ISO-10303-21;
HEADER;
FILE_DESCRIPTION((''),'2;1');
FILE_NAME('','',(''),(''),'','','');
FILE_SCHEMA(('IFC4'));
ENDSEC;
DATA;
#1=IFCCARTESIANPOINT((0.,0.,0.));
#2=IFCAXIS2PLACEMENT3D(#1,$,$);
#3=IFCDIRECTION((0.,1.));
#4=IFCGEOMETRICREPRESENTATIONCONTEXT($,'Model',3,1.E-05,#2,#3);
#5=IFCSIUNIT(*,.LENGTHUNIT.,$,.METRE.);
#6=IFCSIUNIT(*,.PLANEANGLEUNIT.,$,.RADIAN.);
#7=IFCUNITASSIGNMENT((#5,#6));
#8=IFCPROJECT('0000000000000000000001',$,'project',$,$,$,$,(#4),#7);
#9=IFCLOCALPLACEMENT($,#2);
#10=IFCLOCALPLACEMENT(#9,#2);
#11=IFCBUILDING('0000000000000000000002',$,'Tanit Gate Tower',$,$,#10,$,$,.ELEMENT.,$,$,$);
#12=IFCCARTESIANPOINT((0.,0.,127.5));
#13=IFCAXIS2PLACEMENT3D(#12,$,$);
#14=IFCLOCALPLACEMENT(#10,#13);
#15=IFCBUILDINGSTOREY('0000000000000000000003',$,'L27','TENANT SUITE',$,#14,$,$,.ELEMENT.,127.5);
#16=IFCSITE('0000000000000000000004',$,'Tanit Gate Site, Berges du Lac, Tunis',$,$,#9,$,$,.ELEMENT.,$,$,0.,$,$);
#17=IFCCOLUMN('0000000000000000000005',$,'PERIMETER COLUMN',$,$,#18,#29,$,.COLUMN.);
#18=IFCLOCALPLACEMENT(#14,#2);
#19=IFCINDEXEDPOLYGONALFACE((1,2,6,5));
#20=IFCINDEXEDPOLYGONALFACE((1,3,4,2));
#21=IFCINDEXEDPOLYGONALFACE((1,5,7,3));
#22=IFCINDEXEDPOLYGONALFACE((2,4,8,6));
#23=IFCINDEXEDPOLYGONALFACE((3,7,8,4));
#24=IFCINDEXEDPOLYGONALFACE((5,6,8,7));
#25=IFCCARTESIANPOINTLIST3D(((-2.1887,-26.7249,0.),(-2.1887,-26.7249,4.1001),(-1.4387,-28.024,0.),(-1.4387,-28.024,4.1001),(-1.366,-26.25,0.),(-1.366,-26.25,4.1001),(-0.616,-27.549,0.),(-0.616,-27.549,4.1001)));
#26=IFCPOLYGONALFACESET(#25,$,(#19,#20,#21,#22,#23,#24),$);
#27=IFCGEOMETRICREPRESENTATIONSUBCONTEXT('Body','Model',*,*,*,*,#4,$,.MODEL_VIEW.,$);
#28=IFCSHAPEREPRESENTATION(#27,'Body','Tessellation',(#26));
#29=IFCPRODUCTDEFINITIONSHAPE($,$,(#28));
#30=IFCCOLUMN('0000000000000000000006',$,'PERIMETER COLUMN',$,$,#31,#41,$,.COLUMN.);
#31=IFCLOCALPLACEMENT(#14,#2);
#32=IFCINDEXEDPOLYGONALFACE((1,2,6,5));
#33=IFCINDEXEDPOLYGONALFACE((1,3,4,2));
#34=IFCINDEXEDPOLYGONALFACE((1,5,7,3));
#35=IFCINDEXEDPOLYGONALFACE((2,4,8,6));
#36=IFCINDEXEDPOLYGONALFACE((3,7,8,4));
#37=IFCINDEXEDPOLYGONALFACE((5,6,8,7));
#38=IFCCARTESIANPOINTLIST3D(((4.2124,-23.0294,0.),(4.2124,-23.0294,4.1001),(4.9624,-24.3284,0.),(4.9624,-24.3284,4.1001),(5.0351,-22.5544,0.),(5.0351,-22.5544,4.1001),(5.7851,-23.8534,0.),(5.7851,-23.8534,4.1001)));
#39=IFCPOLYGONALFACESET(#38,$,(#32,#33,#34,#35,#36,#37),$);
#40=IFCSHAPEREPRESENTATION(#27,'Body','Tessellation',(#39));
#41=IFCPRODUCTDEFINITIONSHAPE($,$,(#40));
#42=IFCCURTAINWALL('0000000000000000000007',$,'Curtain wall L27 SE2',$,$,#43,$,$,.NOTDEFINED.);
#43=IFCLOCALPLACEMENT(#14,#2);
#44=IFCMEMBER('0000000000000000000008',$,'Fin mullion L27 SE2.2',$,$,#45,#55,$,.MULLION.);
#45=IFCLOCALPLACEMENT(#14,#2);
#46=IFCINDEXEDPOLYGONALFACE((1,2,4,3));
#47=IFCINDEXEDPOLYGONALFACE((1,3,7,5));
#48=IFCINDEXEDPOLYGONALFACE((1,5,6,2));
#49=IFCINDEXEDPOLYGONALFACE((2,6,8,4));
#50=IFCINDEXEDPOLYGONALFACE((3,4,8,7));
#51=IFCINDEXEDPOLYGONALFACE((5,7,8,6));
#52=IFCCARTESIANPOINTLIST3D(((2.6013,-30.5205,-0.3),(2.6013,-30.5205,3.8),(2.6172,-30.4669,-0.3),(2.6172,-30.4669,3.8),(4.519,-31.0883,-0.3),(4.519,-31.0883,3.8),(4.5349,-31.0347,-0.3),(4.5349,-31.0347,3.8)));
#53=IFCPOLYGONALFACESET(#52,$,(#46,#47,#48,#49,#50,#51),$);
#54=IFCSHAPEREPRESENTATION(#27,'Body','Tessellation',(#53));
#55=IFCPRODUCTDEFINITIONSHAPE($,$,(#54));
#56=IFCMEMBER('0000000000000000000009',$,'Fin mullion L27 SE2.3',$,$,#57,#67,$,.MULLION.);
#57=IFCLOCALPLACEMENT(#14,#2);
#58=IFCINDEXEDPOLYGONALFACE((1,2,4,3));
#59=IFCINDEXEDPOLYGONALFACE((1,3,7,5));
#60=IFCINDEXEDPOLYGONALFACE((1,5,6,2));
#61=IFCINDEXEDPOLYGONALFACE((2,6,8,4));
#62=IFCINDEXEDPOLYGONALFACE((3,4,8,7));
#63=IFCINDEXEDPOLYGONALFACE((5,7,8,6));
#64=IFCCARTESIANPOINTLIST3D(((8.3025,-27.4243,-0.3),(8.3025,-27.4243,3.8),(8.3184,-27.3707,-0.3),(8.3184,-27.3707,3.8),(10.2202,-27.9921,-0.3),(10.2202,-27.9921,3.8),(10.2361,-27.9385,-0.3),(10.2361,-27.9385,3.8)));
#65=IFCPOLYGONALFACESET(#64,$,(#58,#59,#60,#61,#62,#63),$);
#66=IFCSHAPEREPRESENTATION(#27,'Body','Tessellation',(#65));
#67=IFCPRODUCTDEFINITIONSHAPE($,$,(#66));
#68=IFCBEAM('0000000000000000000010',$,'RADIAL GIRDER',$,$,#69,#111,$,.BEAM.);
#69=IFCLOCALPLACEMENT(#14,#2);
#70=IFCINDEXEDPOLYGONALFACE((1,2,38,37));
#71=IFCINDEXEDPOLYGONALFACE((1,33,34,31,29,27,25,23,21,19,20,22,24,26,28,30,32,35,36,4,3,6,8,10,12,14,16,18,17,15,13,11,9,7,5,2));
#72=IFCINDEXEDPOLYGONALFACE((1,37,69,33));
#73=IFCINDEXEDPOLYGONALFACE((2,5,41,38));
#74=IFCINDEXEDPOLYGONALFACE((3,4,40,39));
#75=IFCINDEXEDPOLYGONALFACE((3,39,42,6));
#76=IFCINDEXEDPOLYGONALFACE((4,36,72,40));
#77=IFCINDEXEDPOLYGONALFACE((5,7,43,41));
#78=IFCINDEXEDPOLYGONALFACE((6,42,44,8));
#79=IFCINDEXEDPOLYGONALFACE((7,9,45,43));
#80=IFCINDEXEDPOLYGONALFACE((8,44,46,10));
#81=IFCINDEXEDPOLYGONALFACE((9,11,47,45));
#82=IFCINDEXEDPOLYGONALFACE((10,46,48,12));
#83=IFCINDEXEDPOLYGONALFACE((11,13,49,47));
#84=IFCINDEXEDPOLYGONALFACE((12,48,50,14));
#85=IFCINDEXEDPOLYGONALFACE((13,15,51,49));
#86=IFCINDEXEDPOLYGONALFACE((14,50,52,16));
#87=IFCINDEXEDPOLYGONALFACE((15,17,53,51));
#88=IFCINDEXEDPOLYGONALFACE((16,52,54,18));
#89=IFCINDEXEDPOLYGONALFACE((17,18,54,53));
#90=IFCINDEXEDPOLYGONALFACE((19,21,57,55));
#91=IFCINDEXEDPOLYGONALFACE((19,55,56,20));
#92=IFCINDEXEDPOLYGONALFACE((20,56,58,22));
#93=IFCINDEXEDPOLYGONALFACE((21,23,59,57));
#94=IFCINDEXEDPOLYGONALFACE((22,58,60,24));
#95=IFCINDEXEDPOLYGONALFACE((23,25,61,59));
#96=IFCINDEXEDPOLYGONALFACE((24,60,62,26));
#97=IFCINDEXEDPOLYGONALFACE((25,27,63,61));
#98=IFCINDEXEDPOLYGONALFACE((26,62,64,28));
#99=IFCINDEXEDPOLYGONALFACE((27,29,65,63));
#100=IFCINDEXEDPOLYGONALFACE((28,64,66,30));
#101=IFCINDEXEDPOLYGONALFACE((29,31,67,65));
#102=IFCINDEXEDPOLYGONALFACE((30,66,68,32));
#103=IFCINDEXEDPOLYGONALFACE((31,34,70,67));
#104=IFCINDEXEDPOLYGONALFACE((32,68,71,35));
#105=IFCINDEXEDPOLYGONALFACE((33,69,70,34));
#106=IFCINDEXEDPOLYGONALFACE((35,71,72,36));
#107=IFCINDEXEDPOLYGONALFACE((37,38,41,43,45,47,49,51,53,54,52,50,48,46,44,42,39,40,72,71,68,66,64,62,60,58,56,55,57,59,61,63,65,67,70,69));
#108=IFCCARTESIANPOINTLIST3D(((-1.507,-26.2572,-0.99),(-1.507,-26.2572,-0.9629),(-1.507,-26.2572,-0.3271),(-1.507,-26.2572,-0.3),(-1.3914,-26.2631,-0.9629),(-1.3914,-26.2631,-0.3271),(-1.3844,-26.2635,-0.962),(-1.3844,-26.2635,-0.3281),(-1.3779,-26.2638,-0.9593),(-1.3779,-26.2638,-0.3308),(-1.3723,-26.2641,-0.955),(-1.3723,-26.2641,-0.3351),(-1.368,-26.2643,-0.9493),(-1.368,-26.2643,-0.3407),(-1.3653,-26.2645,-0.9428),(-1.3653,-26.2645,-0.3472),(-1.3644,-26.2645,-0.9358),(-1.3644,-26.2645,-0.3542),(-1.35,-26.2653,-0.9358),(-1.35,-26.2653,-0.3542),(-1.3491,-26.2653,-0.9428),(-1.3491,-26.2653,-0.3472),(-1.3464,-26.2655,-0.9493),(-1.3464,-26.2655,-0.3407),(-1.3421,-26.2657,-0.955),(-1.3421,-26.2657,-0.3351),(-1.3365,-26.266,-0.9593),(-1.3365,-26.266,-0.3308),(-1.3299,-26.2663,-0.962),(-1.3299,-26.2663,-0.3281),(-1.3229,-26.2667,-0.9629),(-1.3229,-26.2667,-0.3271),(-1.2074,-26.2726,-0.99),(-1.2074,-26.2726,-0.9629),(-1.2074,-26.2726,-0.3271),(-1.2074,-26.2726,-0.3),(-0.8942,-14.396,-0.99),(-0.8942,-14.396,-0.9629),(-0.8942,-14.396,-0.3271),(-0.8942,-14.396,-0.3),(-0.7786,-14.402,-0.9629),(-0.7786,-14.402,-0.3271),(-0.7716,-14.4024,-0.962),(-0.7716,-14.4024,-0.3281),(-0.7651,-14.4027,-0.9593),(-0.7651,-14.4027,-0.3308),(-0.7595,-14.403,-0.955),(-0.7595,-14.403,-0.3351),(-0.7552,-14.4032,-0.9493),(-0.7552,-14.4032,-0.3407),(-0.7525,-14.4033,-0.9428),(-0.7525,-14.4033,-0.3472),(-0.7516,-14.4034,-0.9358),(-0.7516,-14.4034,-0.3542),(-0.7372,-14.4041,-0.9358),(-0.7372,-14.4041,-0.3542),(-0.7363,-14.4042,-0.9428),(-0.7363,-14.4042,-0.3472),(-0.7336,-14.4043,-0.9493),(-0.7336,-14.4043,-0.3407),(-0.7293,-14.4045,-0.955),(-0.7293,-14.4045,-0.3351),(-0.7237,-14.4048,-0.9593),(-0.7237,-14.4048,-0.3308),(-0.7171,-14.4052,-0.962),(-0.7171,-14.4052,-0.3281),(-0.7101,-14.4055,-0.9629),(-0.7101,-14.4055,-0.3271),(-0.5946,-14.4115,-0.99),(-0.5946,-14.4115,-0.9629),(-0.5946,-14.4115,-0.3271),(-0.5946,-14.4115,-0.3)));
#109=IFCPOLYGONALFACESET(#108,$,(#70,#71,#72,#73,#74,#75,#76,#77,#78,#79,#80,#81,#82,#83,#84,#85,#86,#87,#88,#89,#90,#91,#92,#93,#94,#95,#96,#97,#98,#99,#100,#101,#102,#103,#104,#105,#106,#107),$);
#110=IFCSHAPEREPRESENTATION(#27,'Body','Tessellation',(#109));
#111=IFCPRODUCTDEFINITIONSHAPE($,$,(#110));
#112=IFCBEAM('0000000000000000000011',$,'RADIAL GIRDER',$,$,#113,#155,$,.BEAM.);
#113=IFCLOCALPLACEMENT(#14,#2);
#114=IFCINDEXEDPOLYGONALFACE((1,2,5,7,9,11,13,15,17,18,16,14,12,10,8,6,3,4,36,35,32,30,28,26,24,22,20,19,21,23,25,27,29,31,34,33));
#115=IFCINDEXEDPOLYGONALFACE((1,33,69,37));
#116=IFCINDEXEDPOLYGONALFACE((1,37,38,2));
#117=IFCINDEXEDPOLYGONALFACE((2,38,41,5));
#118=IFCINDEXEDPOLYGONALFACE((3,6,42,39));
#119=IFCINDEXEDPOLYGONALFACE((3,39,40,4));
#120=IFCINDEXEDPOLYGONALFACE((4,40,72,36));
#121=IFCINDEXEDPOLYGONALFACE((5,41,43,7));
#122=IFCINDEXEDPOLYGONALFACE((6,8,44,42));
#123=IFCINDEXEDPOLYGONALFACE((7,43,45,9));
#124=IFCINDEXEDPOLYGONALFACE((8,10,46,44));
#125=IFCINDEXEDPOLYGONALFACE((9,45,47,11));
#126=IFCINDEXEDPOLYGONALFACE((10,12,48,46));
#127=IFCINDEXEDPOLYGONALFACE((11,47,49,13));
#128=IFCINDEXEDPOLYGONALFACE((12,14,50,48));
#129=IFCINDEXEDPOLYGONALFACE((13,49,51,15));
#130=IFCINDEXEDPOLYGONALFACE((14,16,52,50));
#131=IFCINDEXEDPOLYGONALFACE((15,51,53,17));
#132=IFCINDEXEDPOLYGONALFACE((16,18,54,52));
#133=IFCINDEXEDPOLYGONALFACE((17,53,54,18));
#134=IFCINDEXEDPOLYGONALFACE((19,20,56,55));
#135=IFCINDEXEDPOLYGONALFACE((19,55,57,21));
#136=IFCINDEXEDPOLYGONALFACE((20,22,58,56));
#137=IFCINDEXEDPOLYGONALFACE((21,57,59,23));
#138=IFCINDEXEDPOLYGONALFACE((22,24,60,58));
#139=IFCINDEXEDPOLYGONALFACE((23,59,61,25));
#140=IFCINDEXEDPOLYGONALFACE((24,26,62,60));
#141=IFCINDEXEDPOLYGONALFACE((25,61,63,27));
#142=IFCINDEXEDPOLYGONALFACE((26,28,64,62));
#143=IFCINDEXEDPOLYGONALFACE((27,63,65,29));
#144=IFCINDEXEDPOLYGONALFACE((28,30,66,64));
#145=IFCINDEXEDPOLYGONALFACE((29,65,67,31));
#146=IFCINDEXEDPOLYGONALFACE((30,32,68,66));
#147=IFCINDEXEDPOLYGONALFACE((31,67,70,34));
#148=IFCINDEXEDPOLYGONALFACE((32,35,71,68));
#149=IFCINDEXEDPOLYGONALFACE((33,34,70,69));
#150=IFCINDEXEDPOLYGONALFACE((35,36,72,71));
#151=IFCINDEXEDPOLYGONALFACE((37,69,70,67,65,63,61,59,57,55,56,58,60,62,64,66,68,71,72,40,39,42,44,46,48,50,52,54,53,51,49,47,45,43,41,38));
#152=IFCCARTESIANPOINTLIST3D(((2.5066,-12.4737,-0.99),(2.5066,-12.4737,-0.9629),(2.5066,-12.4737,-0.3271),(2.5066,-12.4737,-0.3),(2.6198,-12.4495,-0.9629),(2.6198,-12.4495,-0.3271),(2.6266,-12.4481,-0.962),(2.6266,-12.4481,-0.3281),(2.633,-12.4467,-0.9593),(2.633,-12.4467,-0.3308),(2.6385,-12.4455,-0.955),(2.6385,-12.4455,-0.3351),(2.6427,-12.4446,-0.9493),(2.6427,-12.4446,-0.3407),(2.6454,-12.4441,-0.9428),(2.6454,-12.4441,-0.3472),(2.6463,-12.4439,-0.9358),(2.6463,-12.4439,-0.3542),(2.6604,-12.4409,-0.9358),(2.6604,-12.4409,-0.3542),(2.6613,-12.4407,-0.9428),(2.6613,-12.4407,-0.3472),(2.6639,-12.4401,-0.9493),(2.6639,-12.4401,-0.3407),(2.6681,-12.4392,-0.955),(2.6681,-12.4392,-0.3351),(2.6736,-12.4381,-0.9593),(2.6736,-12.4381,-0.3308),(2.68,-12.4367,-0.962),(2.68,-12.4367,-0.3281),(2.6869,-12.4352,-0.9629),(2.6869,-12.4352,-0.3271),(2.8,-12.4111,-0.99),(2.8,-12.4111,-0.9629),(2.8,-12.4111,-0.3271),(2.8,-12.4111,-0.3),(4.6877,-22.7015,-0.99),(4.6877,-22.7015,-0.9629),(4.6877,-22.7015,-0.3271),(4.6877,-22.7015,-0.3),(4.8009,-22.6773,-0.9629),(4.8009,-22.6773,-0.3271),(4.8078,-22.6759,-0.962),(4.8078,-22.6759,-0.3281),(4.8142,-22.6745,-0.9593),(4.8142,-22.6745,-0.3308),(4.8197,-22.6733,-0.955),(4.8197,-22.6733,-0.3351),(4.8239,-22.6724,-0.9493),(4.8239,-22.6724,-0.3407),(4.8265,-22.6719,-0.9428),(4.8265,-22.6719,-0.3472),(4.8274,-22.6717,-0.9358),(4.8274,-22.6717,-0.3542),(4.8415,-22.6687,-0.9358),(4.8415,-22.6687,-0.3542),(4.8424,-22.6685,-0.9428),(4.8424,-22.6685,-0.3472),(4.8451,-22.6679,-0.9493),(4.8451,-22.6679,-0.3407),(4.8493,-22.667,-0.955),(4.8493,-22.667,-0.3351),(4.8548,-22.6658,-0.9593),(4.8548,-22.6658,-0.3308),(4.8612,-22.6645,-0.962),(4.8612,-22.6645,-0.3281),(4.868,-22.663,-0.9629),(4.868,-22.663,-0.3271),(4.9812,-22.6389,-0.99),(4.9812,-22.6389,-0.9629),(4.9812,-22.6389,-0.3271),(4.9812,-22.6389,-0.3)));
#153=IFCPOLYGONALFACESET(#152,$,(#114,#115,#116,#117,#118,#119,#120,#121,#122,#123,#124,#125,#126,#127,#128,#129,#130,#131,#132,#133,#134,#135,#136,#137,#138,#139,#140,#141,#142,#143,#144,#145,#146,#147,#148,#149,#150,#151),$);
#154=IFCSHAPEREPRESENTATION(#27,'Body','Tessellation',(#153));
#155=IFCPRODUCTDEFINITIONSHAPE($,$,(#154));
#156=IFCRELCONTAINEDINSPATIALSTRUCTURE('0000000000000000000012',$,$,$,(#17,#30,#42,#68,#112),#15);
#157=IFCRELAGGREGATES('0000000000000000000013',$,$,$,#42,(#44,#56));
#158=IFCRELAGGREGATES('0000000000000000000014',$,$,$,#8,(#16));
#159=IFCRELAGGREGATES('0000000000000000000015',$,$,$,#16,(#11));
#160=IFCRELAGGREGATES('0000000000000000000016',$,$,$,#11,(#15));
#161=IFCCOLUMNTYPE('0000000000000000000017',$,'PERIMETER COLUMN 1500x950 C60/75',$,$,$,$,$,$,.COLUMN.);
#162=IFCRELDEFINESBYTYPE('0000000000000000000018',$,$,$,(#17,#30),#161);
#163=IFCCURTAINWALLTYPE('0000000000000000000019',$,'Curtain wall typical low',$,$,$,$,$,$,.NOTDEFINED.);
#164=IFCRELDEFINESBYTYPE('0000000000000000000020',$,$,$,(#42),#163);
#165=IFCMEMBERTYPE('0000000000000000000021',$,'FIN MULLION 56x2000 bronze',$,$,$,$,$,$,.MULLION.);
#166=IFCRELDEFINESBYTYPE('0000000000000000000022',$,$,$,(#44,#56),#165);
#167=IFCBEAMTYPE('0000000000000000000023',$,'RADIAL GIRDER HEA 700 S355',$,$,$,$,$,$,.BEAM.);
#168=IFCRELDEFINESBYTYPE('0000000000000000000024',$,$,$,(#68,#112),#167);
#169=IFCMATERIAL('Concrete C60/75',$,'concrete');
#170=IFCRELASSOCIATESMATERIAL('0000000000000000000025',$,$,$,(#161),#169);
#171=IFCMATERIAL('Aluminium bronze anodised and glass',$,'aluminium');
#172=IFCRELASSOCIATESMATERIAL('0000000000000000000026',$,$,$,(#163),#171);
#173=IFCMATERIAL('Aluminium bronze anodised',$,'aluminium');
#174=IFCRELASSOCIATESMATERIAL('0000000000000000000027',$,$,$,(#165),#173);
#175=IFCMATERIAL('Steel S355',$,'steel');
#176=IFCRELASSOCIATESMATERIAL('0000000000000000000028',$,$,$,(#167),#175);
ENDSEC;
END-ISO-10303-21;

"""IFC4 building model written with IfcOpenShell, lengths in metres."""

from ifc_helpers import new_model, si_unit, direction, frame, origin, origin_2d, place, context, subcontext, project, spatial, rectangle, i_section, extrude, material, material_profile, profile_set, type_object, element, aggregate, save


model = new_model("IFC4")

# Units and contexts
model_context = context("Model", 3, precision=1e-05, world=origin(), true_north=direction((0.0, 1.0)))
body_context = subcontext(model_context, "Body", "Model", "MODEL_VIEW")
ifc_project = project(units=[si_unit("LENGTHUNIT", "METRE"), si_unit("PLANEANGLEUNIT", "RADIAN")], contexts=[model_context])

# Site, building, storey
site_placement = place(None, origin())
site = spatial("IfcSite", under=ifc_project, at=site_placement, Name="Tanit Gate Site, Berges du Lac, Tunis", CompositionType="ELEMENT", RefElevation=0.0)
building_placement = place(site_placement, origin())
building = spatial("IfcBuilding", under=site, at=building_placement, Name="Tanit Gate Tower", CompositionType="ELEMENT")
storey_placement = place(building_placement, frame((0.0, 0.0, 127.5)))
storey = spatial("IfcBuildingStorey", under=building, at=storey_placement, Name="L27", Description="TENANT SUITE", CompositionType="ELEMENT", Elevation=127.5)

# Columns
ifc_material_1 = material(Name="Concrete C60/75", Category="concrete")
ifc_material_profile_1 = material_profile(ifc_material_1, rectangle(XDim=1.5, YDim=0.95, at=origin_2d()), Name="RC 1500x950")
ifc_profile_set_1 = profile_set([ifc_material_profile_1], Name="Concrete C60/75")
column_type = type_object("IfcColumnType", Name="PERIMETER COLUMN 1500x950 C60/75", PredefinedType="COLUMN", material=ifc_profile_set_1)
for number, where, z_axis, x_axis, name in (
    (1, (-1.4023, -27.137, 0.0), (0.0, 0.0, 1.0), (0.5, -0.866025, 0.0), "PERIMETER COLUMN"),
    (2, (4.9988, -23.4414, 0.0), (0.0, 0.0, 1.0), (0.5, -0.866025, 0.0), "PERIMETER COLUMN"),
):
    element("IfcColumn", number, at=place(storey_placement, frame(where, z_axis=z_axis, x_axis=x_axis)), inside=storey, type_object=column_type, Name=name, PredefinedType="COLUMN", context=body_context, shape_type="SweptSolid", body=[
        extrude(rectangle(XDim=1.5, YDim=0.95, at=origin_2d()), origin(), (0.0, 0.0, 1.0), 4.1001),
    ])

# Curtain wall, members
ifc_material_2 = material(Name="Aluminium bronze anodised and glass", Category="aluminium")
curtain_wall_type = type_object("IfcCurtainWallType", Name="Curtain wall typical low", PredefinedType="NOTDEFINED", material=ifc_material_2)
curtain_wall_placement = place(storey_placement, origin())
curtain_wall = element("IfcCurtainWall", 3, at=curtain_wall_placement, inside=storey, type_object=curtain_wall_type, Name="Curtain wall L27 SE2", PredefinedType="NOTDEFINED")
ifc_material_3 = material(Name="Aluminium bronze anodised", Category="aluminium")
ifc_material_profile_2 = material_profile(ifc_material_3, rectangle(XDim=2.0, YDim=0.0559, at=origin_2d()), Name="56x2000 bronze fin mullion")
ifc_profile_set_2 = profile_set([ifc_material_profile_2], Name="Aluminium bronze anodised")
member_type_1 = type_object("IfcMemberType", Name="FIN MULLION 56x2000 bronze", PredefinedType="MULLION", material=ifc_profile_set_2)
member_1_placement = place(storey_placement, frame((3.5681, -30.7776, -0.3), z_axis=(0.0, 0.0, 1.0), x_axis=(-0.958852, 0.283906, 0.0)))
member_1 = element("IfcMember", 4, at=member_1_placement, type_object=member_type_1, Name="Fin mullion L27 SE2.2", PredefinedType="MULLION", context=body_context, shape_type="SweptSolid", body=[
    extrude(rectangle(XDim=2.0, YDim=0.0559, at=origin_2d()), origin(), (0.0, 0.0, 1.0), 4.1001),
])
member_2_placement = place(storey_placement, frame((9.2693, -27.6814, -0.3), z_axis=(0.0, 0.0, 1.0), x_axis=(-0.958852, 0.283906, 0.0)))
member_2 = element("IfcMember", 5, at=member_2_placement, type_object=member_type_1, Name="Fin mullion L27 SE2.3", PredefinedType="MULLION", context=body_context, shape_type="SweptSolid", body=[
    extrude(rectangle(XDim=2.0, YDim=0.0559, at=origin_2d()), origin(), (0.0, 0.0, 1.0), 4.1001),
])

# Beams
ifc_material_4 = material(Name="Steel S355", Category="steel")
ifc_material_profile_3 = material_profile(ifc_material_4, i_section(OverallWidth=0.3, OverallDepth=0.6899, WebThickness=0.0144, FlangeThickness=0.0271, FilletRadius=0.0271, at=origin_2d()), Name="HEA 700")
ifc_profile_set_3 = profile_set([ifc_material_profile_3], Name="Steel S355")
beam_type_1 = type_object("IfcBeamType", Name="RADIAL GIRDER HEA 700 S355", PredefinedType="BEAM", material=ifc_profile_set_3)
beam_1_placement = place(storey_placement, frame((-1.3572, -26.2649, -0.645), z_axis=(0.051595, 0.998668, 0.0), x_axis=(-0.998668, 0.051595, 0.0)))
element("IfcBeam", 6, at=beam_1_placement, inside=storey, type_object=beam_type_1, Name="RADIAL GIRDER", PredefinedType="BEAM", context=body_context, shape_type="SweptSolid", body=[
    extrude(i_section(OverallWidth=0.3, OverallDepth=0.6899, WebThickness=0.0144, FlangeThickness=0.0271, FilletRadius=0.0271, at=origin_2d()), origin(), (0.0, 0.0, 1.0), 11.877),
])
beam_2_placement = place(storey_placement, frame((4.8345, -22.6702, -0.645), z_axis=(-0.208568, 0.978008, 0.0), x_axis=(-0.978008, -0.208568, 0.0)))
element("IfcBeam", 7, at=beam_2_placement, inside=storey, type_object=beam_type_1, Name="RADIAL GIRDER", PredefinedType="BEAM", context=body_context, shape_type="SweptSolid", body=[
    extrude(i_section(OverallWidth=0.3, OverallDepth=0.6899, WebThickness=0.0144, FlangeThickness=0.0271, FilletRadius=0.0271, at=origin_2d()), origin(), (0.0, 0.0, 1.0), 10.4578),
])

aggregate(curtain_wall, [member_1, member_2])

save(model, "model.ifc")
